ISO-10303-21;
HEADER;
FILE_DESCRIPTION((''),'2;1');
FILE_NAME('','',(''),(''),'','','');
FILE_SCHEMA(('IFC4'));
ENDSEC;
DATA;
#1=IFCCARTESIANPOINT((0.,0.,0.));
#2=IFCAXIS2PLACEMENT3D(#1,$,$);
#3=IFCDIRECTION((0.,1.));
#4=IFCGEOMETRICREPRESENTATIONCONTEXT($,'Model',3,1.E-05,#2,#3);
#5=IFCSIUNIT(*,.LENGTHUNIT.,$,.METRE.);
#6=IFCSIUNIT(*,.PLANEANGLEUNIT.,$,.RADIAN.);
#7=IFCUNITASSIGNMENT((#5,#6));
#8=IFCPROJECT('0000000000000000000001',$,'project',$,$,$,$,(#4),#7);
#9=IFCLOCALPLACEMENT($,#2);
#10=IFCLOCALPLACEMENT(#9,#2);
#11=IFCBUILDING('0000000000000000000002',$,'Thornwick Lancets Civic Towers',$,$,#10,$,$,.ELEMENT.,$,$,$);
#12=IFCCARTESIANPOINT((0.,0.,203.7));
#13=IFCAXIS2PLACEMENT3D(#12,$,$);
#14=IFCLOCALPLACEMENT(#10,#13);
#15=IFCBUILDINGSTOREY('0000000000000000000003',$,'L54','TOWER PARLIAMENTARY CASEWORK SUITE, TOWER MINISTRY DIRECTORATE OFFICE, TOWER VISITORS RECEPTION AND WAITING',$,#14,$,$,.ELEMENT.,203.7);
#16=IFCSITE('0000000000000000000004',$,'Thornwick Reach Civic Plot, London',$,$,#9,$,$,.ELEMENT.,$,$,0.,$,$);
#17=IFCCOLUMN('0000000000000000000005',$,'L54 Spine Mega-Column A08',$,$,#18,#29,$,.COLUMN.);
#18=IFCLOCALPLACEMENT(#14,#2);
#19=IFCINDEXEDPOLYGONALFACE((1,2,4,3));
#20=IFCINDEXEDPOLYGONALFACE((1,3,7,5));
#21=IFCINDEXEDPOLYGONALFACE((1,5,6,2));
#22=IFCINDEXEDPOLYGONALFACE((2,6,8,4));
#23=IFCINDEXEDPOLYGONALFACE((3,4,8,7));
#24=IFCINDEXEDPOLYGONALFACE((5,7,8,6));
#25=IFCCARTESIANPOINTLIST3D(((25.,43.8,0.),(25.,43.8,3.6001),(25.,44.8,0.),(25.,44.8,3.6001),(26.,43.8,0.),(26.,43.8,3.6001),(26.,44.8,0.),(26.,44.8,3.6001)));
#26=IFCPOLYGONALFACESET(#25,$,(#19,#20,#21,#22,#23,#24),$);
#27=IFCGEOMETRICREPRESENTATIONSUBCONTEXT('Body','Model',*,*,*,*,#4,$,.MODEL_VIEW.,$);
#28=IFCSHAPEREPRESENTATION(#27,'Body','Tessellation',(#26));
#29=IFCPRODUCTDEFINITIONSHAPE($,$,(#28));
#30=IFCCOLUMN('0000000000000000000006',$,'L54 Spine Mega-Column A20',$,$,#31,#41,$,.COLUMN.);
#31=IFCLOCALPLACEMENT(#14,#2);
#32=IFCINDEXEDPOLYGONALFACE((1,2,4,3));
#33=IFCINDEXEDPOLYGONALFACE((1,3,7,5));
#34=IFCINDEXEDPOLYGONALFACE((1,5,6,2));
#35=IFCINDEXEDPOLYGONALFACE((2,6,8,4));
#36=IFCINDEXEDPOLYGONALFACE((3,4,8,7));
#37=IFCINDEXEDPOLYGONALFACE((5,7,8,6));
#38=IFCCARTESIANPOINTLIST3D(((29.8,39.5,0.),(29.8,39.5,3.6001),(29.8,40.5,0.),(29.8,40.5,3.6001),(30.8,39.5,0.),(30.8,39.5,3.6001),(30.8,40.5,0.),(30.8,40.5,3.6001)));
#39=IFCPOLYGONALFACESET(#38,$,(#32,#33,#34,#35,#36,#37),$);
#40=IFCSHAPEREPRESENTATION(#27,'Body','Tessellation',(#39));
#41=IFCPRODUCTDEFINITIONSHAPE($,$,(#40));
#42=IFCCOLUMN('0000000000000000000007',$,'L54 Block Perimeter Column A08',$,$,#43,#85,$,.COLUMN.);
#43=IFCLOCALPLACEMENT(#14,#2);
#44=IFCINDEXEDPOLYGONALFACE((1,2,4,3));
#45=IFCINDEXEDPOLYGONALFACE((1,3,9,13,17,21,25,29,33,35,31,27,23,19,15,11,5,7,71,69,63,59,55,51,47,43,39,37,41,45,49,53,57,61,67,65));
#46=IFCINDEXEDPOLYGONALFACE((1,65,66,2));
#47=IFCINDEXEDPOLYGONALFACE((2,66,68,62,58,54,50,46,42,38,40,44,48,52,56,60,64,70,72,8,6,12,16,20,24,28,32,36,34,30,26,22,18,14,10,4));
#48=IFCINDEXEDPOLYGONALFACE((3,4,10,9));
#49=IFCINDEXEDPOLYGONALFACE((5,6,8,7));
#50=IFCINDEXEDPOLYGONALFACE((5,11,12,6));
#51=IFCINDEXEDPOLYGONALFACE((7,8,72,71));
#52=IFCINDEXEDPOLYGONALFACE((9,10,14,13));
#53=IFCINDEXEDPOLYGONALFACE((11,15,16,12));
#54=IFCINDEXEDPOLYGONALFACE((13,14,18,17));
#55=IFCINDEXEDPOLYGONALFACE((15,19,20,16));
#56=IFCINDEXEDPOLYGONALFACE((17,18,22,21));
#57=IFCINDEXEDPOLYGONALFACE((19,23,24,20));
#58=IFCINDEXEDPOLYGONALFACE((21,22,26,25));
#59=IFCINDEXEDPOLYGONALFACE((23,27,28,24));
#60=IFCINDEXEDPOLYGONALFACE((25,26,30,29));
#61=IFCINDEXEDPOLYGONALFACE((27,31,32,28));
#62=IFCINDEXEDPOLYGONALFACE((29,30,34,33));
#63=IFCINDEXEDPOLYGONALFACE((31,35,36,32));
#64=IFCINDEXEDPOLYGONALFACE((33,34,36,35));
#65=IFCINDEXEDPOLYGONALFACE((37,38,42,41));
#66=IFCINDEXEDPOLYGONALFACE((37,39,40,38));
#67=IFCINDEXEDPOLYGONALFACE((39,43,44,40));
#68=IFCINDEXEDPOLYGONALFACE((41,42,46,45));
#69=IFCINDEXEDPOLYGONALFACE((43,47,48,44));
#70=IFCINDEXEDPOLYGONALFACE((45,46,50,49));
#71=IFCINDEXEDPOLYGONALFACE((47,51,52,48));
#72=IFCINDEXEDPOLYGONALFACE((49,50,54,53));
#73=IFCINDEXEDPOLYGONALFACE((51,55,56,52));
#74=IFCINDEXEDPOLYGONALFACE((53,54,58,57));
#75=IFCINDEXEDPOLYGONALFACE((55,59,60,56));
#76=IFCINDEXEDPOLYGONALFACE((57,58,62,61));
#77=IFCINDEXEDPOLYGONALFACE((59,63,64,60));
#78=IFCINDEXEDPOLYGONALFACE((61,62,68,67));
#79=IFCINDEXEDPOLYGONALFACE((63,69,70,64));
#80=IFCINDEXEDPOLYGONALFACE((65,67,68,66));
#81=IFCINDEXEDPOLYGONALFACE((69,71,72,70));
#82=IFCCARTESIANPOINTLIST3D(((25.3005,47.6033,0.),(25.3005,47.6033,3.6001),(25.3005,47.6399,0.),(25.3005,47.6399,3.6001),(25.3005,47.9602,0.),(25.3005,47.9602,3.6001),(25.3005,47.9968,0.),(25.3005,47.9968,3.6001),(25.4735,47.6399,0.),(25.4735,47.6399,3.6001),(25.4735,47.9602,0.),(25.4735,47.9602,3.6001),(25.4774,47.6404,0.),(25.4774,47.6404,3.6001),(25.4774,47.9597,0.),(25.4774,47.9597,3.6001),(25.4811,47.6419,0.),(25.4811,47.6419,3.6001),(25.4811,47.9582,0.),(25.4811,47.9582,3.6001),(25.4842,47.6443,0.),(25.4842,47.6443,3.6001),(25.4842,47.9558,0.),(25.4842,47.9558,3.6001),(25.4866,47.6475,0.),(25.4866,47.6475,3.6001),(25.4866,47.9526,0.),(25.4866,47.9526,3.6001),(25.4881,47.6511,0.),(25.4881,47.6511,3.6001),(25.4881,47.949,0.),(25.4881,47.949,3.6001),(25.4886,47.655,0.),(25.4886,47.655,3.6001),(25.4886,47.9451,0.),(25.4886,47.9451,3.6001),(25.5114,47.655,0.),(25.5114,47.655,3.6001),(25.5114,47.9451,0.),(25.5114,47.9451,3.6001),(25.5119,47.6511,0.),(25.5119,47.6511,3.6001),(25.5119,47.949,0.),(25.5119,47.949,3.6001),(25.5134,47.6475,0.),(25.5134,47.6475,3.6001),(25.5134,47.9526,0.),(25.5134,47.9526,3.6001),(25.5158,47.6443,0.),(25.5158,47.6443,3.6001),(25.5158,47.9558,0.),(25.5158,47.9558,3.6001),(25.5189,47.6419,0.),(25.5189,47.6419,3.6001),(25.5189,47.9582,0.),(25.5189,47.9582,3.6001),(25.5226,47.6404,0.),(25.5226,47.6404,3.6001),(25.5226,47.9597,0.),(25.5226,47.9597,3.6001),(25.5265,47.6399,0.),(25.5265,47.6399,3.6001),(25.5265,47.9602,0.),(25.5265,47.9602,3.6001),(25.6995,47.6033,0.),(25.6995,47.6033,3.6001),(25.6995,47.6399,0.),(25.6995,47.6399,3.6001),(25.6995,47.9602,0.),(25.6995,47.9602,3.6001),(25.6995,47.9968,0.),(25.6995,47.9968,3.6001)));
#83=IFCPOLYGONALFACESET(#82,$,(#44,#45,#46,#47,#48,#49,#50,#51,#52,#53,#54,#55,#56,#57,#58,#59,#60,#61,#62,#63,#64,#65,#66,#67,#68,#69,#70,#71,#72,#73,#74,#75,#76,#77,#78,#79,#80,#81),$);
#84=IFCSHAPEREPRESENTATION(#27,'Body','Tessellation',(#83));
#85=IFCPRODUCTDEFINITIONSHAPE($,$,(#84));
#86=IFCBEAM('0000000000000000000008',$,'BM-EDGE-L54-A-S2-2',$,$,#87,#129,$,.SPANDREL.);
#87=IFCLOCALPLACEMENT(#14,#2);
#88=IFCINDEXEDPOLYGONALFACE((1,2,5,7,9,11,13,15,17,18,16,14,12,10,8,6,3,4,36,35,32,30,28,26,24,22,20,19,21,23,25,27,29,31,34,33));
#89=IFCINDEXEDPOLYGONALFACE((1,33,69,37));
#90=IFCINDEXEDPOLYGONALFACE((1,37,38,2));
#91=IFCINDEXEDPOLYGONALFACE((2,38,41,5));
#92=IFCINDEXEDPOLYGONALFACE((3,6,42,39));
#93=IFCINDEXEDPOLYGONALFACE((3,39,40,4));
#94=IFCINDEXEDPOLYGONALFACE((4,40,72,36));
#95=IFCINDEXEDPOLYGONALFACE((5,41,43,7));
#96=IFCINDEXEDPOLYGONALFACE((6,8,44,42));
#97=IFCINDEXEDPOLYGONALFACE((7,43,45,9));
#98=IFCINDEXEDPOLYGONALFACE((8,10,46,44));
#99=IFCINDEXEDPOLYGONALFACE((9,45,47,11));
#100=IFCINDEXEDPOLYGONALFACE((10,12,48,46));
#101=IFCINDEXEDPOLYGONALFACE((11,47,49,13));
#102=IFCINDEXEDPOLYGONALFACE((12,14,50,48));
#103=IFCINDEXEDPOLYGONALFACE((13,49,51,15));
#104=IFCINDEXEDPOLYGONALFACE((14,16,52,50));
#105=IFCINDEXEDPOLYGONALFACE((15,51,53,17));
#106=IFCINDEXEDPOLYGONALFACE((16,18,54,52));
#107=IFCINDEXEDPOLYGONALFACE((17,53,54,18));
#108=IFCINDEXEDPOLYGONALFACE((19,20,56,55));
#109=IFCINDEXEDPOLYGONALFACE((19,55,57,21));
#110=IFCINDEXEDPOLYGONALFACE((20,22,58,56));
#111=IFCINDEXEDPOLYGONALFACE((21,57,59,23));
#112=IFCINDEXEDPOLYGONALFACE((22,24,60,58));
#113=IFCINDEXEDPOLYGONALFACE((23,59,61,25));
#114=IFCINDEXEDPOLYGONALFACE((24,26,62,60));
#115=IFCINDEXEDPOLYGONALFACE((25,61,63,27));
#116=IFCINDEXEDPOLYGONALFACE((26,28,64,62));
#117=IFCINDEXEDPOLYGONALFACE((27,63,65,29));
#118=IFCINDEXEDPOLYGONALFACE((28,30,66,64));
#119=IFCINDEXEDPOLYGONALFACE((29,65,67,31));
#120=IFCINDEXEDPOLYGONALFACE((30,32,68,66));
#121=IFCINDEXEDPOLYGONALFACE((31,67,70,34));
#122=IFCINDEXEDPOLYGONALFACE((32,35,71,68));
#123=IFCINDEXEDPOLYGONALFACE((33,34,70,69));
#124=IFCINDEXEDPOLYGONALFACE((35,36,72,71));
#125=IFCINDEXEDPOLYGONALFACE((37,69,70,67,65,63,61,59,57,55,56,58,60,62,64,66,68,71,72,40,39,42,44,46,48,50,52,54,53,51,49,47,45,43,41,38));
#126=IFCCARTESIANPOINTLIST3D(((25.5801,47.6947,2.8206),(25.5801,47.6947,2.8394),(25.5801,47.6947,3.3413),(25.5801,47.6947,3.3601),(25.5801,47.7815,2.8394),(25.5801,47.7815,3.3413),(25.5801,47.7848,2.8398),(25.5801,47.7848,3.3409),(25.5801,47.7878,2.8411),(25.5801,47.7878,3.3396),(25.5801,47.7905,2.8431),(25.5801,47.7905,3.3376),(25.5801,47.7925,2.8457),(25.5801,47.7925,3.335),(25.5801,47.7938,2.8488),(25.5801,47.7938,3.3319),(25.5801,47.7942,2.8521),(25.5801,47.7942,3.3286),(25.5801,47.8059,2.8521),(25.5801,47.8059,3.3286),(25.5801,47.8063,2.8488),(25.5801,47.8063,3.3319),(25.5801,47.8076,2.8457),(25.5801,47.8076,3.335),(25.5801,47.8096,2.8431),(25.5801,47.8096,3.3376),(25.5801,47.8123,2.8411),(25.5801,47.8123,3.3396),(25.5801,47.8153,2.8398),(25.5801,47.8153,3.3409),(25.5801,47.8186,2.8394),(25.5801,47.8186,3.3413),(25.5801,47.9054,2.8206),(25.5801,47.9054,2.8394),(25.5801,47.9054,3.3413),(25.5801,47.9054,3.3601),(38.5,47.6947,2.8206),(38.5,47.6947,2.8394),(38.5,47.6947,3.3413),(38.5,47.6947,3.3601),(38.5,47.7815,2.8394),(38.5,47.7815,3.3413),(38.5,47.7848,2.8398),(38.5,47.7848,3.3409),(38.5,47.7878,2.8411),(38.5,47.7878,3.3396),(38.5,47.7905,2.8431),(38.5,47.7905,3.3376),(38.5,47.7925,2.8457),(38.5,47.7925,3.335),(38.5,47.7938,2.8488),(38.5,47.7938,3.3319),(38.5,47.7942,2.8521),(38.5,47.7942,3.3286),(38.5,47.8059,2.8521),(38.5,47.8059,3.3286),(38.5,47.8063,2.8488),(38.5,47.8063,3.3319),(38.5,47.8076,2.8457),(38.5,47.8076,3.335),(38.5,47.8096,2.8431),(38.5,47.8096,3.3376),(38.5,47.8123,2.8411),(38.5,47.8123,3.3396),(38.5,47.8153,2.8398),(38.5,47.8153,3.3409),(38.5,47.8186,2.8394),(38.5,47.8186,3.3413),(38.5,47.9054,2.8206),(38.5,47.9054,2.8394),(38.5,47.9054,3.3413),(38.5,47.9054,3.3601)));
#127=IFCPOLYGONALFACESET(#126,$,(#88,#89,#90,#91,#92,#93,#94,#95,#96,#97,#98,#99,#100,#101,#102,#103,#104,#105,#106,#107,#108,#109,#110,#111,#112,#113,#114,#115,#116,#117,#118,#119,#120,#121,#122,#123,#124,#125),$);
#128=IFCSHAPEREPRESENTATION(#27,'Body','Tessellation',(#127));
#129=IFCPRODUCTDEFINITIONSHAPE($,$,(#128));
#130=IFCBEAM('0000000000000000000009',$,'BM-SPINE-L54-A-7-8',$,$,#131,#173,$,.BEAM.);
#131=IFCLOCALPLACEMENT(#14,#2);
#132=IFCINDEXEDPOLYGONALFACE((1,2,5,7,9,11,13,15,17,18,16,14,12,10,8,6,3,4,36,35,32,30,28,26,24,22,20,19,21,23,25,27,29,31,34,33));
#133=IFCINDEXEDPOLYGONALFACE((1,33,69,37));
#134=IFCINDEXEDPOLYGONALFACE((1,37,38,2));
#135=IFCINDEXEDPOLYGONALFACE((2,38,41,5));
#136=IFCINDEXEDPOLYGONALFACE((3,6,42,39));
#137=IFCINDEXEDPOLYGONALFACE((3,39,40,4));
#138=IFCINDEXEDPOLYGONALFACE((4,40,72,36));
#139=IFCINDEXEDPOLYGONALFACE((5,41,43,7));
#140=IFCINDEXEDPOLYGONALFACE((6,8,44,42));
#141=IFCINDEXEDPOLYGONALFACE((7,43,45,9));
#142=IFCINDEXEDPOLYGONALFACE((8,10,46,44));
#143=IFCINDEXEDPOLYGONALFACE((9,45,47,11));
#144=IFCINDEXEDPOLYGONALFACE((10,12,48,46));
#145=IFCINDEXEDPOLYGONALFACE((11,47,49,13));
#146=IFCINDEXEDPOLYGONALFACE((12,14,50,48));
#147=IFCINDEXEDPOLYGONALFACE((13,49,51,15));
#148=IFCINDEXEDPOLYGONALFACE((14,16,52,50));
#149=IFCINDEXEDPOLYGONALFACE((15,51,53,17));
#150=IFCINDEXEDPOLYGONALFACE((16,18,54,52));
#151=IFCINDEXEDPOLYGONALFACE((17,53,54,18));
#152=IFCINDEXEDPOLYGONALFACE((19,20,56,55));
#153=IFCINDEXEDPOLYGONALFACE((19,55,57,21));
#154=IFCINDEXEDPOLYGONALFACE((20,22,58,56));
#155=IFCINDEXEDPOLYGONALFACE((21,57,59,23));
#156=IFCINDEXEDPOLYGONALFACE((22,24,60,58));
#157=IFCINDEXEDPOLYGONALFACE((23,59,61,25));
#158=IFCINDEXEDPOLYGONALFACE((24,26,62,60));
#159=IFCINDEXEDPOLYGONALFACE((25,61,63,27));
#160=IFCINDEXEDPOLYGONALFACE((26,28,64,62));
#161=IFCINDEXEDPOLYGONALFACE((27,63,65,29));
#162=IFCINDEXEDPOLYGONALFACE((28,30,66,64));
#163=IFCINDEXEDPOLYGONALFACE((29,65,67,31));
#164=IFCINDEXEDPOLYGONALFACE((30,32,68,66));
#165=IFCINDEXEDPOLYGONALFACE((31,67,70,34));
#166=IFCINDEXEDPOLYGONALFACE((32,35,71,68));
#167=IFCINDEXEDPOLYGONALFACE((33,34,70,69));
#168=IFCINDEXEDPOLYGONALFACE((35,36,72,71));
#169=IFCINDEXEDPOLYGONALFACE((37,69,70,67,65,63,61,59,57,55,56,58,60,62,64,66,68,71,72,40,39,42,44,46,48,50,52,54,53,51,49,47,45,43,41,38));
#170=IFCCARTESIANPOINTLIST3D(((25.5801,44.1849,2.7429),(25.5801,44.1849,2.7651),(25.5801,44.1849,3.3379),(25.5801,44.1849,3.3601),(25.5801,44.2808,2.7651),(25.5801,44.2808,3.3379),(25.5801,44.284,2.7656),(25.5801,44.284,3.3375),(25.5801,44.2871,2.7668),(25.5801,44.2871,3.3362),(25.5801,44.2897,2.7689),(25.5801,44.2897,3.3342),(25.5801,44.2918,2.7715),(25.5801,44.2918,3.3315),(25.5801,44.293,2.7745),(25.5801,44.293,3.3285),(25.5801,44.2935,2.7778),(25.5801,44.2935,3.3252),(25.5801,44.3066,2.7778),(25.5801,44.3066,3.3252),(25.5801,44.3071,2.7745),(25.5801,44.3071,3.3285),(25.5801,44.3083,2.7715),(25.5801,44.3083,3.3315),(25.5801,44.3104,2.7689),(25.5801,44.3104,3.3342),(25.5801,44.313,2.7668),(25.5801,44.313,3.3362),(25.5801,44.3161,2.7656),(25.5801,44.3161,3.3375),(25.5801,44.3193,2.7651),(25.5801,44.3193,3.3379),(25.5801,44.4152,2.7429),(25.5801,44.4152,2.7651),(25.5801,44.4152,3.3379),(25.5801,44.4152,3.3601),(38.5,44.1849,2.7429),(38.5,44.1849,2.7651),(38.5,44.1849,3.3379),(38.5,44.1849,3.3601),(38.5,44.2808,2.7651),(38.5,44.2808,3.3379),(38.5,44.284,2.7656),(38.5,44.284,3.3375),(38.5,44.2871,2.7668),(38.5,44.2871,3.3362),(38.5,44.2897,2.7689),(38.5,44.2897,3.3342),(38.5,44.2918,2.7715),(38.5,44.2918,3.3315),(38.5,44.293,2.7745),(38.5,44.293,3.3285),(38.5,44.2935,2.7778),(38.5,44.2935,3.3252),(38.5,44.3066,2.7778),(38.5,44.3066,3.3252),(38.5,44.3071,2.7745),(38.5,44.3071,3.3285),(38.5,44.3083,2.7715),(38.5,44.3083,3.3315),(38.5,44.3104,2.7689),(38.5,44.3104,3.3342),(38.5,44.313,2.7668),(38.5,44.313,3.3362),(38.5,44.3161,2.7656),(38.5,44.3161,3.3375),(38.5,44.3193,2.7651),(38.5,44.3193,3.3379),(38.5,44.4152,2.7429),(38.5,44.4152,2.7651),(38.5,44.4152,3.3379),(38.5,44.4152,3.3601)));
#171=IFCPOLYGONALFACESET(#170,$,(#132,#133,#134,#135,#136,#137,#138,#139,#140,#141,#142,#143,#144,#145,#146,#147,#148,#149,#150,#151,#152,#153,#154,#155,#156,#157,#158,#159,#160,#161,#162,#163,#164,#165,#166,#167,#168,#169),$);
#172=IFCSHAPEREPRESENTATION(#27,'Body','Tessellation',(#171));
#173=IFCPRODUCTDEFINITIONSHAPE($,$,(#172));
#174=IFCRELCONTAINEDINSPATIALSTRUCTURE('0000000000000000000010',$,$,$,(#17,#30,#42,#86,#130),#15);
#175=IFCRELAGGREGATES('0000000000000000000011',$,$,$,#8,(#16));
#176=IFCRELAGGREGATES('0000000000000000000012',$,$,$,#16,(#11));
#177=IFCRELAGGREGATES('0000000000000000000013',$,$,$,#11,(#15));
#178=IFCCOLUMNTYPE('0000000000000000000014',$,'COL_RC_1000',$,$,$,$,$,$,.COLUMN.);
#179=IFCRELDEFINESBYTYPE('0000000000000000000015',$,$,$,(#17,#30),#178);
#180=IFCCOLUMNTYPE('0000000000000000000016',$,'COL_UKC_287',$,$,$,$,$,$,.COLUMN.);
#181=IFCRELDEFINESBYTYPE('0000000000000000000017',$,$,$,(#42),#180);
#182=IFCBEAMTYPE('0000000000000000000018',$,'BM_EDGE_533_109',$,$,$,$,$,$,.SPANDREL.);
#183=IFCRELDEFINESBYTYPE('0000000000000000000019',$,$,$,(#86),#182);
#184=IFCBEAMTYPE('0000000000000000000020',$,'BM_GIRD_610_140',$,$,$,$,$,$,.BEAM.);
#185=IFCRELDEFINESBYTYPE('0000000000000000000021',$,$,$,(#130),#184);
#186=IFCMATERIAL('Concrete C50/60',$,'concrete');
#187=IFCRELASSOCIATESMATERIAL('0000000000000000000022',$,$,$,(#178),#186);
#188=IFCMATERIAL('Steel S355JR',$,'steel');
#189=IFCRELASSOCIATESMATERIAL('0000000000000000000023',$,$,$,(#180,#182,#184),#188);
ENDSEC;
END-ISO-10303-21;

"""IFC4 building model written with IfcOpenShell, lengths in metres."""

from ifc_helpers import new_model, si_unit, direction, frame, origin, origin_2d, place, context, subcontext, project, spatial, rectangle, i_section, extrude, material, material_profile, profile_set, type_object, element, save


model = new_model("IFC4")

# Units and contexts
model_context = context("Model", 3, precision=1e-05, world=origin(), true_north=direction((0.0, 1.0)))
body_context = subcontext(model_context, "Body", "Model", "MODEL_VIEW")
ifc_project = project(units=[si_unit("LENGTHUNIT", "METRE"), si_unit("PLANEANGLEUNIT", "RADIAN")], contexts=[model_context])

# Site, building, storey
site_placement = place(None, origin())
site = spatial("IfcSite", under=ifc_project, at=site_placement, Name="Thornwick Reach Civic Plot, London", CompositionType="ELEMENT", RefElevation=0.0)
building_placement = place(site_placement, origin())
building = spatial("IfcBuilding", under=site, at=building_placement, Name="Thornwick Lancets Civic Towers", CompositionType="ELEMENT")
storey_placement = place(building_placement, frame((0.0, 0.0, 203.7)))
storey = spatial("IfcBuildingStorey", under=building, at=storey_placement, Name="L54", Description="TOWER PARLIAMENTARY CASEWORK SUITE, TOWER MINISTRY DIRECTORATE OFFICE, TOWER VISITORS RECEPTION AND WAITING", CompositionType="ELEMENT", Elevation=203.7)

# Columns
ifc_material_1 = material(Name="Concrete C50/60", Category="concrete")
ifc_material_profile_1 = material_profile(ifc_material_1, rectangle(XDim=1.0, YDim=1.0, at=origin_2d()), Name="RC 1000x1000")
ifc_profile_set_1 = profile_set([ifc_material_profile_1], Name="Concrete C50/60")
column_type_1 = type_object("IfcColumnType", Name="COL_RC_1000", PredefinedType="COLUMN", material=ifc_profile_set_1)
for number, where, z_axis, x_axis, name in (
    (1, (25.5, 44.3, 0.0), (0.0, 0.0, 1.0), (1.0, 0.0, 0.0), "L54 Spine Mega-Column A08"),
    (2, (30.3, 40.0, 0.0), (0.0, 0.0, 1.0), (1.0, 0.0, 0.0), "L54 Spine Mega-Column A20"),
):
    element("IfcColumn", number, at=place(storey_placement, frame(where, z_axis=z_axis, x_axis=x_axis)), inside=storey, type_object=column_type_1, Name=name, PredefinedType="COLUMN", context=body_context, shape_type="SweptSolid", body=[
        extrude(rectangle(XDim=1.0, YDim=1.0, at=origin_2d()), origin(), (0.0, 0.0, 1.0), 3.6001),
    ])
ifc_material_2 = material(Name="Steel S355JR", Category="steel")
ifc_material_profile_2 = material_profile(ifc_material_2, i_section(OverallWidth=0.3989, OverallDepth=0.3936, WebThickness=0.0227, FlangeThickness=0.0366, FilletRadius=0.0151, at=origin_2d()), Name="UKC 356x406x287")
ifc_profile_set_2 = profile_set([ifc_material_profile_2], Name="Steel S355JR")
column_type_2 = type_object("IfcColumnType", Name="COL_UKC_287", PredefinedType="COLUMN", material=ifc_profile_set_2)
column_placement = place(storey_placement, frame((25.5, 47.8, 0.0), z_axis=(0.0, 0.0, 1.0), x_axis=(1.0, 0.0, 0.0)))
element("IfcColumn", 3, at=column_placement, inside=storey, type_object=column_type_2, Name="L54 Block Perimeter Column A08", PredefinedType="COLUMN", context=body_context, shape_type="SweptSolid", body=[
    extrude(i_section(OverallWidth=0.3989, OverallDepth=0.3936, WebThickness=0.0227, FlangeThickness=0.0366, FilletRadius=0.0151, at=origin_2d()), origin(), (0.0, 0.0, 1.0), 3.6001),
])

# Beams
ifc_material_profile_3 = material_profile(ifc_material_2, i_section(OverallWidth=0.2107, OverallDepth=0.5396, WebThickness=0.0117, FlangeThickness=0.0188, FilletRadius=0.0127, at=origin_2d()), Name="UKB 533x210x109")
ifc_profile_set_3 = profile_set([ifc_material_profile_3], Name="Steel S355JR")
beam_type_1 = type_object("IfcBeamType", Name="BM_EDGE_533_109", PredefinedType="SPANDREL", material=ifc_profile_set_3)
beam_1_placement = place(storey_placement, frame((25.5801, 47.8, 3.0903), z_axis=(1.0, 0.0, 0.0), x_axis=(0.0, 1.0, 0.0)))
element("IfcBeam", 4, at=beam_1_placement, inside=storey, type_object=beam_type_1, Name="BM-EDGE-L54-A-S2-2", PredefinedType="SPANDREL", context=body_context, shape_type="SweptSolid", body=[
    extrude(i_section(OverallWidth=0.2107, OverallDepth=0.5396, WebThickness=0.0117, FlangeThickness=0.0188, FilletRadius=0.0127, at=origin_2d()), origin(), (0.0, 0.0, 1.0), 12.9199),
])
ifc_material_profile_4 = material_profile(ifc_material_2, i_section(OverallWidth=0.2302, OverallDepth=0.6172, WebThickness=0.0132, FlangeThickness=0.0222, FilletRadius=0.0127, at=origin_2d()), Name="UKB 610x229x140")
ifc_profile_set_4 = profile_set([ifc_material_profile_4], Name="Steel S355JR")
beam_type_2 = type_object("IfcBeamType", Name="BM_GIRD_610_140", PredefinedType="BEAM", material=ifc_profile_set_4)
beam_2_placement = place(storey_placement, frame((25.5801, 44.3, 3.0515), z_axis=(1.0, 0.0, 0.0), x_axis=(0.0, 1.0, 0.0)))
element("IfcBeam", 5, at=beam_2_placement, inside=storey, type_object=beam_type_2, Name="BM-SPINE-L54-A-7-8", PredefinedType="BEAM", context=body_context, shape_type="SweptSolid", body=[
    extrude(i_section(OverallWidth=0.2302, OverallDepth=0.6172, WebThickness=0.0132, FlangeThickness=0.0222, FilletRadius=0.0127, at=origin_2d()), origin(), (0.0, 0.0, 1.0), 12.9199),
])

save(model, "model.ifc")
